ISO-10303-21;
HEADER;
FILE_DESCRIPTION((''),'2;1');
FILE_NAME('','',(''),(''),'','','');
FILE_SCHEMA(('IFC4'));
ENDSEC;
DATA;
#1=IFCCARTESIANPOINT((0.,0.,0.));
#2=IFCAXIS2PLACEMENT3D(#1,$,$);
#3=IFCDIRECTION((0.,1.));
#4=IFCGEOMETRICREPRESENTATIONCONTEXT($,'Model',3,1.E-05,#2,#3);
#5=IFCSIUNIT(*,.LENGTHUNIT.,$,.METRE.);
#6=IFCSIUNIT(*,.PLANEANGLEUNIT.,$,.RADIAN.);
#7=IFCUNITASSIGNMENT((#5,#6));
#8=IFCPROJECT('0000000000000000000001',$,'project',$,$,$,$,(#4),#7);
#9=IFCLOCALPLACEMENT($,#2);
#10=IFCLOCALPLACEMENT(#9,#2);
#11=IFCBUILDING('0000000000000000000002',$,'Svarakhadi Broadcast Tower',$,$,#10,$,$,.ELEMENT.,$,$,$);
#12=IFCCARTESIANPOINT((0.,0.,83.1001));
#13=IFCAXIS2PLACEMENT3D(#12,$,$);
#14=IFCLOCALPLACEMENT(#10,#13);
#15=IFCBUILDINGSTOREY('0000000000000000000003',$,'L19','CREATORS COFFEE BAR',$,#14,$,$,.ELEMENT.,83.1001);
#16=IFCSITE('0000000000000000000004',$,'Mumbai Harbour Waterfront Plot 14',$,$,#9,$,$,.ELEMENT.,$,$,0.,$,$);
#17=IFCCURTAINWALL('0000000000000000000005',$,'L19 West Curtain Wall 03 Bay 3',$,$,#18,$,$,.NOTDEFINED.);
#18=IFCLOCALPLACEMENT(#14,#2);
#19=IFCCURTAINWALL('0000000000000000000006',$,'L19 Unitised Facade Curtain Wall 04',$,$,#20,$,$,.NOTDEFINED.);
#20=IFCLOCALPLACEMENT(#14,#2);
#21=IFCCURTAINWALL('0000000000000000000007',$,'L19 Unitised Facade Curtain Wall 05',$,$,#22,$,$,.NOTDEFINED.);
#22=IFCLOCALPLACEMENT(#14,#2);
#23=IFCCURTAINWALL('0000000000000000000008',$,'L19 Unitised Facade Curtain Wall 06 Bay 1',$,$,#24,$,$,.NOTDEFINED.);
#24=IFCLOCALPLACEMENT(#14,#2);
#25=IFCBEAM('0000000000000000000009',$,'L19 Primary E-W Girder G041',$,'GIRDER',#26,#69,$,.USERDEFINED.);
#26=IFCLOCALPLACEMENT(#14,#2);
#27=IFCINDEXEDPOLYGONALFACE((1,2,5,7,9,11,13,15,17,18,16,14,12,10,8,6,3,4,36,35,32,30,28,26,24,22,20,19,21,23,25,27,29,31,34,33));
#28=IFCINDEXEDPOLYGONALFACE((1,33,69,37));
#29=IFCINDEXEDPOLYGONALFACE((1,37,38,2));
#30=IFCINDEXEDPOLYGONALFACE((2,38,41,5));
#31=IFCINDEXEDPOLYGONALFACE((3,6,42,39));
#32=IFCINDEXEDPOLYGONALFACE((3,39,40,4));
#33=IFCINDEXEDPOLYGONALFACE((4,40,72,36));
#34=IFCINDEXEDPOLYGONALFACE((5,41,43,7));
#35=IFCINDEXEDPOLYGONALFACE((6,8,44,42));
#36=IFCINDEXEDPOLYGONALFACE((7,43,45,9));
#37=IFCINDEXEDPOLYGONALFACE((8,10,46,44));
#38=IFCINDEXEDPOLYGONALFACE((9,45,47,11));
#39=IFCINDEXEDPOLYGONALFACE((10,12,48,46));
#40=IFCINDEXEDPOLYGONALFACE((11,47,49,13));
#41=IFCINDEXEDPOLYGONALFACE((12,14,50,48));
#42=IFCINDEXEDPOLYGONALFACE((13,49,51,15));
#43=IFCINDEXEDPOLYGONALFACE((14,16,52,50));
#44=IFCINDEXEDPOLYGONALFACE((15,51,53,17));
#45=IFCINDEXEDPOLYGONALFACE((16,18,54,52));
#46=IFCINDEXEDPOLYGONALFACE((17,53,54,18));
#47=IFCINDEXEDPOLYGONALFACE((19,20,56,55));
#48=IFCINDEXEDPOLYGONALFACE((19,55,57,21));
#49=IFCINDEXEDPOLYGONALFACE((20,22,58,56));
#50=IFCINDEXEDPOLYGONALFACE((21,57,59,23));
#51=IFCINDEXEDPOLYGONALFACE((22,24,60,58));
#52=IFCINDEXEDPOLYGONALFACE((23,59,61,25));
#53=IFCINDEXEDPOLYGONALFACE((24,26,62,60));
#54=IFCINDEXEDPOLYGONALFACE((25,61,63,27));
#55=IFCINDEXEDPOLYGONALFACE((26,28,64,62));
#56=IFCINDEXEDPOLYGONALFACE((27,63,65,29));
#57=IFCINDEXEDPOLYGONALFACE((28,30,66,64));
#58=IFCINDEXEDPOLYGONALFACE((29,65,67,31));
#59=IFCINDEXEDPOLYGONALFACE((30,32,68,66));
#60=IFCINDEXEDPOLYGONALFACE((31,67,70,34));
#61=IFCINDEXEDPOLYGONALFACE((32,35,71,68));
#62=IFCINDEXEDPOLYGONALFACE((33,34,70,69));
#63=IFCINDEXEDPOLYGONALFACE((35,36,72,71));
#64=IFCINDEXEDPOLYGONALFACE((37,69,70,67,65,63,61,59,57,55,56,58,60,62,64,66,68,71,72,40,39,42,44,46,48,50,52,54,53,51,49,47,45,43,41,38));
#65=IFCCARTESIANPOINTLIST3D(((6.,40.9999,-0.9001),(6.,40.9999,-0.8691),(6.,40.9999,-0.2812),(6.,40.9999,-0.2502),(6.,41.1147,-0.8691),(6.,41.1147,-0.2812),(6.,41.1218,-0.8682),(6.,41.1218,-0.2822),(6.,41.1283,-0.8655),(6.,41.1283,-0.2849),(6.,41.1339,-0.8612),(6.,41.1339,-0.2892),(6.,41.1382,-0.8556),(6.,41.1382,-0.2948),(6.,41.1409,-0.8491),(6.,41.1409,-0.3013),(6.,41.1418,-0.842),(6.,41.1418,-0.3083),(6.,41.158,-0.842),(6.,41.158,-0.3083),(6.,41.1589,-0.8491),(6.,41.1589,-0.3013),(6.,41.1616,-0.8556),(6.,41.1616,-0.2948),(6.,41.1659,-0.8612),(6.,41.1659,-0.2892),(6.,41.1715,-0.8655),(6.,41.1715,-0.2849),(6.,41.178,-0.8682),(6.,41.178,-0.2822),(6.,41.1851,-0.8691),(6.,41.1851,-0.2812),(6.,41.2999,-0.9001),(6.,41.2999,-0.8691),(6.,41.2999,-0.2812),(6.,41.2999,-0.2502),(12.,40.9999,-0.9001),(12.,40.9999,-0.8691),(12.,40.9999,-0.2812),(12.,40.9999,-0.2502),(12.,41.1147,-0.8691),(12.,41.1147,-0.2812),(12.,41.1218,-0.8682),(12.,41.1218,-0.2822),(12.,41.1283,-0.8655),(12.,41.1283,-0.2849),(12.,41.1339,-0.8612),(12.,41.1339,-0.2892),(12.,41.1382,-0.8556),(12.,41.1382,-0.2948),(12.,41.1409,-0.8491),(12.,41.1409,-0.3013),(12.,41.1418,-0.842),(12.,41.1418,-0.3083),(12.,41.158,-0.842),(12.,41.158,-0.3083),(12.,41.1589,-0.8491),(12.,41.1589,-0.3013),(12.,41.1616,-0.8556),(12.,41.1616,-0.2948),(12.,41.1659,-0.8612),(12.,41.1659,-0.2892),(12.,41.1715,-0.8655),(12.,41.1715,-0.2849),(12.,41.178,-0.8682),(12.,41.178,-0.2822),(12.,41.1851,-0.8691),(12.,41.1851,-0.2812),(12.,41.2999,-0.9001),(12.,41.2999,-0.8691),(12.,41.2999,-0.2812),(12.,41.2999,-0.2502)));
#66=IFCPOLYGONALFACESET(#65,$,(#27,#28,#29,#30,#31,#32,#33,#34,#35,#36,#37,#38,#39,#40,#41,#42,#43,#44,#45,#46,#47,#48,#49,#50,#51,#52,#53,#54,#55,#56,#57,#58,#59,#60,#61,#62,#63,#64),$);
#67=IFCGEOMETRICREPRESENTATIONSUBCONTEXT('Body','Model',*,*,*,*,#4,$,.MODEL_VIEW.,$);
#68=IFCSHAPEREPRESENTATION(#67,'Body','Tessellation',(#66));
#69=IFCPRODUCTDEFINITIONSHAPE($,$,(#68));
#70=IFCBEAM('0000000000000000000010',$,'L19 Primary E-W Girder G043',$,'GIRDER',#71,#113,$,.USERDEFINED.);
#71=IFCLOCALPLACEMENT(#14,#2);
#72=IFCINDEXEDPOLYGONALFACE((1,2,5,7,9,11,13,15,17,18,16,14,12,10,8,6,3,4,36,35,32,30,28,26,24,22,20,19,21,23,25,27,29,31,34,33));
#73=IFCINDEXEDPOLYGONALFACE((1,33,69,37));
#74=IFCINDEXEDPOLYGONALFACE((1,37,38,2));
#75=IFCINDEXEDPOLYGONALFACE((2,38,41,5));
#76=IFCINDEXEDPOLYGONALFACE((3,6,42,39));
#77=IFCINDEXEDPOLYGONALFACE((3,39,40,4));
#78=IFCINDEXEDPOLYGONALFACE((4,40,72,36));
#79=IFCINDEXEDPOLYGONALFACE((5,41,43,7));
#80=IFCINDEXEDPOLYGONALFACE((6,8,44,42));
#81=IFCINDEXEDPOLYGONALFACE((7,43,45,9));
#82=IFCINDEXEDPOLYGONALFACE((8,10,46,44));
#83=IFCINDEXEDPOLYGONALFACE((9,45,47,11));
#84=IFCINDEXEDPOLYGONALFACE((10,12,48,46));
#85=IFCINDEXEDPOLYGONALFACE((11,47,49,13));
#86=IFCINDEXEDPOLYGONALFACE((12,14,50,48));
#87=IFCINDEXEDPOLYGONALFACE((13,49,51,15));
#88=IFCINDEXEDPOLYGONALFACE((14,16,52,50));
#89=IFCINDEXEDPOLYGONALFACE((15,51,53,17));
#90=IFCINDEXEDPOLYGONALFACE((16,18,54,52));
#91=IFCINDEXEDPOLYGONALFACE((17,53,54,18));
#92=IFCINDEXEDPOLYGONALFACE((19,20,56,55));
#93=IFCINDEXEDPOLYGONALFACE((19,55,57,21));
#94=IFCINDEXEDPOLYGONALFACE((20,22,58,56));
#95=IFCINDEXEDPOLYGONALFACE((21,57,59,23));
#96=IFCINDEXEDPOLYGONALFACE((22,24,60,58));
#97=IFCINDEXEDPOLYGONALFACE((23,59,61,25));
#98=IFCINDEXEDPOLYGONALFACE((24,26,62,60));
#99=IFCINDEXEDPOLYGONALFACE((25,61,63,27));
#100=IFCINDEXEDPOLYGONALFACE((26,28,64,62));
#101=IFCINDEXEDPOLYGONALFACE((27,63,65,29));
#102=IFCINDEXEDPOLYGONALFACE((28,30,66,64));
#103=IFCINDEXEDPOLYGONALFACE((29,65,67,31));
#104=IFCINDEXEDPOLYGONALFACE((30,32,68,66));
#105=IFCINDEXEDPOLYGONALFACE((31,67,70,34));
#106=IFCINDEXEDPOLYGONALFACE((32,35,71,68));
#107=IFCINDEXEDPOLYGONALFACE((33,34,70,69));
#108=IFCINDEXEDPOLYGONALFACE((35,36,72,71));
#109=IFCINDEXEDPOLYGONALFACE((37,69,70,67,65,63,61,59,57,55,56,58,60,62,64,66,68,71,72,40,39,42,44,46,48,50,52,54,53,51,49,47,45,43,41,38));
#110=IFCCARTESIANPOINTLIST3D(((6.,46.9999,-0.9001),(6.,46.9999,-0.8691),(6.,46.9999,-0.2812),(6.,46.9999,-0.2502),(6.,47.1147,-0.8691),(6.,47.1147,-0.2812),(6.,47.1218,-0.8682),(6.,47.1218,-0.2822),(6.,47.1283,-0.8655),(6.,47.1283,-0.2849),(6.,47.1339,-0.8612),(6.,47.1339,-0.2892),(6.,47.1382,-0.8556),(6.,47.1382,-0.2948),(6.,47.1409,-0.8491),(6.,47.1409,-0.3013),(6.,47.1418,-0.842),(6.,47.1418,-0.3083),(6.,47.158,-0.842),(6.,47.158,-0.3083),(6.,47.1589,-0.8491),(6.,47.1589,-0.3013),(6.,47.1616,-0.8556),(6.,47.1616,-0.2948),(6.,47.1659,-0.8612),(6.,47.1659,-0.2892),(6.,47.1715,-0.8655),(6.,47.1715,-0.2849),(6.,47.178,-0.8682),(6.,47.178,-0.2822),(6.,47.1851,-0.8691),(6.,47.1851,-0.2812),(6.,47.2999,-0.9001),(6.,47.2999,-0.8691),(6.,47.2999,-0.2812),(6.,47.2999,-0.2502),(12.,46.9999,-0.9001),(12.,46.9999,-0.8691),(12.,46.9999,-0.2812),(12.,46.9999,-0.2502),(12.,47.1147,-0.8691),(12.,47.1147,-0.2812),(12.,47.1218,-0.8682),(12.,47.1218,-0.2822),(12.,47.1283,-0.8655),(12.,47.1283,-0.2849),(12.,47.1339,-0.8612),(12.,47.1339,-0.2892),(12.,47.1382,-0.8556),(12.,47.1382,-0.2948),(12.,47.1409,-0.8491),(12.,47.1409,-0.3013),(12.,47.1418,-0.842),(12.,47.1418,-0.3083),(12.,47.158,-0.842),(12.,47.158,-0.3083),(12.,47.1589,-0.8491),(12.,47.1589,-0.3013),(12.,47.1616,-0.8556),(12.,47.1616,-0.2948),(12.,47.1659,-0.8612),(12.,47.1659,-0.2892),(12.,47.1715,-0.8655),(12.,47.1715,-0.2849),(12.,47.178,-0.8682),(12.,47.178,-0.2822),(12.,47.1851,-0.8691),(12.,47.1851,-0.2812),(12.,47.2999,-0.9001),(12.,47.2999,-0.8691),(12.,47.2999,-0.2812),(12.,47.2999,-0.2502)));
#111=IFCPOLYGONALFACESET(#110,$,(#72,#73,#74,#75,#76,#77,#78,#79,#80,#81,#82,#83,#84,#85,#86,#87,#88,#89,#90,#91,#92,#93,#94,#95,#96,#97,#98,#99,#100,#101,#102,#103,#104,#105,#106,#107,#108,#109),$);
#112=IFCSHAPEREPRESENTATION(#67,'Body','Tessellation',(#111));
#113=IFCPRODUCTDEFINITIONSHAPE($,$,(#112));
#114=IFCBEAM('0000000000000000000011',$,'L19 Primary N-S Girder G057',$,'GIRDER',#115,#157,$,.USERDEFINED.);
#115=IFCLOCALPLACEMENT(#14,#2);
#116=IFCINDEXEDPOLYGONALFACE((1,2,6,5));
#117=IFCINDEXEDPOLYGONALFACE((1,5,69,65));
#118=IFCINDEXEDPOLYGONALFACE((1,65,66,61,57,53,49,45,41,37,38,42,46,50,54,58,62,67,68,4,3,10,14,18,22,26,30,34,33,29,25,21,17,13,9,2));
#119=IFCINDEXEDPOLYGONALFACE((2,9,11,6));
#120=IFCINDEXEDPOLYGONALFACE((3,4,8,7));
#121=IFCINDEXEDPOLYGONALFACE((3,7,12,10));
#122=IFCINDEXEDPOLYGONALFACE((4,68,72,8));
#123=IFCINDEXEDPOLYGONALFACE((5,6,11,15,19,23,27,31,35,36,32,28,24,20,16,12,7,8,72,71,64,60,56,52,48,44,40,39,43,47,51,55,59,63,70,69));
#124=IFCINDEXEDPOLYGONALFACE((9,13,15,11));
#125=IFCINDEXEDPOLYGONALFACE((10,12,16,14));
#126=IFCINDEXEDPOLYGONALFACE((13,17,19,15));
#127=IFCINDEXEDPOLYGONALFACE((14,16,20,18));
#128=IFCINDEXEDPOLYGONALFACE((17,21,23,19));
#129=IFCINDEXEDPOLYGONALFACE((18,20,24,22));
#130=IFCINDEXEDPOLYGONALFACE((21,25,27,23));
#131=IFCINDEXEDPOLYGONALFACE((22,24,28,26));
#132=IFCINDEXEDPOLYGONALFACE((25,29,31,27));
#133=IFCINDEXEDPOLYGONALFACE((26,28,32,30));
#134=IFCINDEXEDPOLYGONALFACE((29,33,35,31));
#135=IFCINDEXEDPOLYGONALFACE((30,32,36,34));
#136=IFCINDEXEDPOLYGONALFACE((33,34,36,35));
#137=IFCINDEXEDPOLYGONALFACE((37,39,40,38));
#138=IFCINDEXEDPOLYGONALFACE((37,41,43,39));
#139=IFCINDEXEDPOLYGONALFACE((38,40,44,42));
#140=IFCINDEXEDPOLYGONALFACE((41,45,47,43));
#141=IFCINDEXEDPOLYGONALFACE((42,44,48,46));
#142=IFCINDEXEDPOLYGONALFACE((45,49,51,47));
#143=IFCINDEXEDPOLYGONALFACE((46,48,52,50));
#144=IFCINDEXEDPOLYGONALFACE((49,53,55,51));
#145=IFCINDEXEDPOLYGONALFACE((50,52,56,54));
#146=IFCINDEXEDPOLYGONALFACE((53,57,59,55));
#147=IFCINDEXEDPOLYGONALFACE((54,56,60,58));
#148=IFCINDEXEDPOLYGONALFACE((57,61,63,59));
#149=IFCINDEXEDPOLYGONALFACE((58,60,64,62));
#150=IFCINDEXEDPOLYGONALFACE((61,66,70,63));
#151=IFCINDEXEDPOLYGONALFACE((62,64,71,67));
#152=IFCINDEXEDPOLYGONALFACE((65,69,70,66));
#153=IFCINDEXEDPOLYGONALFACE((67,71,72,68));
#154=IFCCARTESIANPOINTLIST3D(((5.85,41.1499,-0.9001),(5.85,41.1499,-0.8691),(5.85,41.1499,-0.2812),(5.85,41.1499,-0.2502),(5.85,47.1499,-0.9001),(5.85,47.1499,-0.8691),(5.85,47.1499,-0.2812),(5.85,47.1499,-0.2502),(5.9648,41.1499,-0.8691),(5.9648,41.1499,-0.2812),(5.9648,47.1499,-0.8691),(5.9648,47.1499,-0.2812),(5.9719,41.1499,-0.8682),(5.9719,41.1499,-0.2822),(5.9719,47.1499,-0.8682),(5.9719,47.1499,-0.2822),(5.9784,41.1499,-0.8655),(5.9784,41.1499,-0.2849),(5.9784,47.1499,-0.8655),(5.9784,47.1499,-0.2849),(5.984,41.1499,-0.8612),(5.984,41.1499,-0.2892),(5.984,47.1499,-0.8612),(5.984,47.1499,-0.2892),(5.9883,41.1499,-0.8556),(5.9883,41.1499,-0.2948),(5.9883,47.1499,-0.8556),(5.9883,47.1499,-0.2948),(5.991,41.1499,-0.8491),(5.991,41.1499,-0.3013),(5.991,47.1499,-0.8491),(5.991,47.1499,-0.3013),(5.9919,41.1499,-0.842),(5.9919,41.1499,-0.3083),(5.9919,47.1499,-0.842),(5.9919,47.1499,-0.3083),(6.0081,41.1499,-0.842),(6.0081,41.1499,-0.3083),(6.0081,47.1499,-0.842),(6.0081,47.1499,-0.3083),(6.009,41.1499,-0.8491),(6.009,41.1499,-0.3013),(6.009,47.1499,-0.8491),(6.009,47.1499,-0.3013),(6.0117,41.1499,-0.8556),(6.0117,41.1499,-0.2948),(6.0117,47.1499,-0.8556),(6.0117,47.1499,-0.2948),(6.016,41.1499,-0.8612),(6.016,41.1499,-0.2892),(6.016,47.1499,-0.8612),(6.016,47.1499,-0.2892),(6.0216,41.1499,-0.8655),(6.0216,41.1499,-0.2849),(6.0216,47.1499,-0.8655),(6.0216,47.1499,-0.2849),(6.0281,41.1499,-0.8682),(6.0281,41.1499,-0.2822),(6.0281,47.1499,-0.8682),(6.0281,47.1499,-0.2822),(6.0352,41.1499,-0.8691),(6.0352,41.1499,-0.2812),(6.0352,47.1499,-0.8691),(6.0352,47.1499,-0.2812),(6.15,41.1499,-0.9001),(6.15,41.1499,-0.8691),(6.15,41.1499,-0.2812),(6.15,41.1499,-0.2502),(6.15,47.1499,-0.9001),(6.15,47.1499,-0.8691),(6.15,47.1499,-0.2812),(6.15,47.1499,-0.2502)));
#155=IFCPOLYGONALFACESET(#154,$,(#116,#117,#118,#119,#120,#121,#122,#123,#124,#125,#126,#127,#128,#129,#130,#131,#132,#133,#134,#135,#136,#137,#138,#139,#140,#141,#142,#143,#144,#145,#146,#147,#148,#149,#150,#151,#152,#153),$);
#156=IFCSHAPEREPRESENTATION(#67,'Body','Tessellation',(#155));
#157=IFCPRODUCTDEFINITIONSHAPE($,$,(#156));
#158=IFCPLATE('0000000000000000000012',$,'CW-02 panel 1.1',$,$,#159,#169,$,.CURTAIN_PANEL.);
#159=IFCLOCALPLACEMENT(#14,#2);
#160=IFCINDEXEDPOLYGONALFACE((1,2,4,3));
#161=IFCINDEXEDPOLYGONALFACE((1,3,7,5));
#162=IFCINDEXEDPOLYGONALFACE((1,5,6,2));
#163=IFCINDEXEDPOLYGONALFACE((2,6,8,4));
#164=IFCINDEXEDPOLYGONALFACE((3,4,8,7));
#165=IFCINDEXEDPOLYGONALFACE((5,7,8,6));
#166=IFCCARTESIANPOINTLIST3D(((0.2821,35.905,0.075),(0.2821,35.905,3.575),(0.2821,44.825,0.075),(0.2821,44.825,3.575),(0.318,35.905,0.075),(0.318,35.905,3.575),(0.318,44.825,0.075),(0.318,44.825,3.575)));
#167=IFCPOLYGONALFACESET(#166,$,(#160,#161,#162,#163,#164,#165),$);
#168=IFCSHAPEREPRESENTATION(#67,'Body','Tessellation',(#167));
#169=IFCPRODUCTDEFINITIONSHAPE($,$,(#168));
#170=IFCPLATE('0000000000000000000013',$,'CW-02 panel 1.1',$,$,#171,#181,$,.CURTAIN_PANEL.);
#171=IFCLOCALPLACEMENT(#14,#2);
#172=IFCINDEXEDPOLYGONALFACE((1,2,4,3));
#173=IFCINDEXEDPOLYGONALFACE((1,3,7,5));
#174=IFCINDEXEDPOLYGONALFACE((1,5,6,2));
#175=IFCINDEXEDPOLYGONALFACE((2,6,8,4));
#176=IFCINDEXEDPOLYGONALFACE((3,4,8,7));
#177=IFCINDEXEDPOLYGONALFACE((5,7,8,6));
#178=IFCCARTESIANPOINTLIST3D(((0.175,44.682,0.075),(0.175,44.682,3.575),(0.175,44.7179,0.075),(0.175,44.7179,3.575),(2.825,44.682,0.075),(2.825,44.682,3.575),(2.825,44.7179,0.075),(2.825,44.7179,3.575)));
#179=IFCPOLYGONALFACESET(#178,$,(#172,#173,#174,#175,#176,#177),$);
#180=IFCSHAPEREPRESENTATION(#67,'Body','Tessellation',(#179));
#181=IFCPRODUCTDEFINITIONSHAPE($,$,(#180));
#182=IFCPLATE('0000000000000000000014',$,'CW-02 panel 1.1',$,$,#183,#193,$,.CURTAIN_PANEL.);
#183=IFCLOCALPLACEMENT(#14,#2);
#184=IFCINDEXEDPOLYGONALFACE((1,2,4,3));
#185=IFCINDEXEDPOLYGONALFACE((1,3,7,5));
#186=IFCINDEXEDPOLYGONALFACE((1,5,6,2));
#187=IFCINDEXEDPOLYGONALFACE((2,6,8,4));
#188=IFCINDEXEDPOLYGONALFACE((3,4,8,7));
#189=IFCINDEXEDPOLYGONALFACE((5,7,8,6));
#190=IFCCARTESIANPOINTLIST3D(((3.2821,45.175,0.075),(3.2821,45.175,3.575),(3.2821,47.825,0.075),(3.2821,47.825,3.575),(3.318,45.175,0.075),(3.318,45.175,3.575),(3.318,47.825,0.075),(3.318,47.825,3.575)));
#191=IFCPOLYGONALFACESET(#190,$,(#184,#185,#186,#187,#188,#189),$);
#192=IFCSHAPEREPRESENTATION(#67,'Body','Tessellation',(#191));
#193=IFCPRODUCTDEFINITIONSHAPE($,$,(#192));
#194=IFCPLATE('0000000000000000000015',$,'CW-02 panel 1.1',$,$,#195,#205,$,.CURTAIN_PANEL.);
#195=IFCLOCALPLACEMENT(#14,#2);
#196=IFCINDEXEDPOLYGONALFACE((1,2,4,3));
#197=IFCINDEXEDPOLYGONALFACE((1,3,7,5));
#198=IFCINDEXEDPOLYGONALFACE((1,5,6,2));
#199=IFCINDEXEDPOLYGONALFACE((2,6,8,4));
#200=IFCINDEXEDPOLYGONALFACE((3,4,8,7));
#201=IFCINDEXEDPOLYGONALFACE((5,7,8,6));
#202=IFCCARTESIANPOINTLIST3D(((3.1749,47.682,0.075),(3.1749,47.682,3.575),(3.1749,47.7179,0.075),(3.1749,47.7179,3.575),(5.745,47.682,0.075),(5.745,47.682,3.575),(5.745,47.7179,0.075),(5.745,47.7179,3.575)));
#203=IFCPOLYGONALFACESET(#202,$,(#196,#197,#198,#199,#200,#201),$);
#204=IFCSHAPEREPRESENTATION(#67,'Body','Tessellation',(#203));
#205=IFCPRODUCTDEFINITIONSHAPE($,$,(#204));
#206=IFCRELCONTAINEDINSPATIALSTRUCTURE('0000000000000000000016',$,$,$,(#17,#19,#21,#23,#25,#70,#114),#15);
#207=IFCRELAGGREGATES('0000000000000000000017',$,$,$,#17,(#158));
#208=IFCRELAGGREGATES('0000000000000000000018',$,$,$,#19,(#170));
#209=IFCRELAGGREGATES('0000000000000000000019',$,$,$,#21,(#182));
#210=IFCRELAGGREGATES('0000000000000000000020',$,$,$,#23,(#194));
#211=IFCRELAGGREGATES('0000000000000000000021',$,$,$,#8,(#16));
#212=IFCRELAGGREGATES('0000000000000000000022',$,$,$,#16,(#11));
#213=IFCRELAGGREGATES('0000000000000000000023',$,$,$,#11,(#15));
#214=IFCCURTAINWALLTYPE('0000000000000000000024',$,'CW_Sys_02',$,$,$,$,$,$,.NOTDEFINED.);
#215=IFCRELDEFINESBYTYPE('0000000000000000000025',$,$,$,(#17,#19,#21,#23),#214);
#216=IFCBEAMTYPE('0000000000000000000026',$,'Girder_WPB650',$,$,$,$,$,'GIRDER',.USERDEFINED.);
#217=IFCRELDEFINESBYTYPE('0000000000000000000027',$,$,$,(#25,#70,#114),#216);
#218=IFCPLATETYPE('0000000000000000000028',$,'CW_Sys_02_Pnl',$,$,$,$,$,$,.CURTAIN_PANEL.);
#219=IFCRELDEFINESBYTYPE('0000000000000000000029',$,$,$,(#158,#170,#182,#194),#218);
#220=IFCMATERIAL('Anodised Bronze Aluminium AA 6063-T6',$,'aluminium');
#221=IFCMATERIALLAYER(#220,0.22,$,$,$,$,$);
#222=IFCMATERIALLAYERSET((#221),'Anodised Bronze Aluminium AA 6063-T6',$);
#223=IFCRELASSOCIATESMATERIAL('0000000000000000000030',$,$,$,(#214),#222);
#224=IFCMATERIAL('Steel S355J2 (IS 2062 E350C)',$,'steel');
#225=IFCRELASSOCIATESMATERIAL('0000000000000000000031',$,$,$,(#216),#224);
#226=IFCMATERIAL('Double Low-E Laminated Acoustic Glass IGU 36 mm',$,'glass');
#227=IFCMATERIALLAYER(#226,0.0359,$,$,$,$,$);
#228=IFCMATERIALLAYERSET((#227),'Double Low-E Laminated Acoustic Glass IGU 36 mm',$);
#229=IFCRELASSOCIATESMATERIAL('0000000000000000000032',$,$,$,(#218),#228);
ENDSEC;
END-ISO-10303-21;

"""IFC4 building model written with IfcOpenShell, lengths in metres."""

from ifc_helpers import new_model, si_unit, direction, frame, origin, origin_2d, place, context, subcontext, project, spatial, rectangle, i_section, extrude, material, layer, layer_set, material_profile, profile_set, type_object, element, aggregate, save


model = new_model("IFC4")

# Units and contexts
model_context = context("Model", 3, precision=1e-05, world=origin(), true_north=direction((0.0, 1.0)))
body_context = subcontext(model_context, "Body", "Model", "MODEL_VIEW")
ifc_project = project(units=[si_unit("LENGTHUNIT", "METRE"), si_unit("PLANEANGLEUNIT", "RADIAN")], contexts=[model_context])

# Site, building, storey
site_placement = place(None, origin())
site = spatial("IfcSite", under=ifc_project, at=site_placement, Name="Mumbai Harbour Waterfront Plot 14", CompositionType="ELEMENT", RefElevation=0.0)
building_placement = place(site_placement, origin())
building = spatial("IfcBuilding", under=site, at=building_placement, Name="Svarakhadi Broadcast Tower", CompositionType="ELEMENT")
storey_placement = place(building_placement, frame((0.0, 0.0, 83.1001)))
storey = spatial("IfcBuildingStorey", under=building, at=storey_placement, Name="L19", Description="CREATORS COFFEE BAR", CompositionType="ELEMENT", Elevation=83.1001)

# Shared definitions
ifc_material_1 = material(Name="Steel S355J2 (IS 2062 E350C)", Category="steel")

# Curtain walls
ifc_material_2 = material(Name="Anodised Bronze Aluminium AA 6063-T6", Category="aluminium")
ifc_layer_1 = layer(ifc_material_2, 0.22)
ifc_layer_set_1 = layer_set([ifc_layer_1], Name="Anodised Bronze Aluminium AA 6063-T6")
curtain_wall_type = type_object("IfcCurtainWallType", Name="CW_Sys_02", PredefinedType="NOTDEFINED", material=ifc_layer_set_1)
curtain_wall_1_placement = place(storey_placement, origin())
curtain_wall_1 = element("IfcCurtainWall", 1, at=curtain_wall_1_placement, inside=storey, type_object=curtain_wall_type, Name="L19 West Curtain Wall 03 Bay 3", PredefinedType="NOTDEFINED")
curtain_wall_2_placement = place(storey_placement, origin())
curtain_wall_2 = element("IfcCurtainWall", 2, at=curtain_wall_2_placement, inside=storey, type_object=curtain_wall_type, Name="L19 Unitised Facade Curtain Wall 04", PredefinedType="NOTDEFINED")
curtain_wall_3_placement = place(storey_placement, origin())
curtain_wall_3 = element("IfcCurtainWall", 3, at=curtain_wall_3_placement, inside=storey, type_object=curtain_wall_type, Name="L19 Unitised Facade Curtain Wall 05", PredefinedType="NOTDEFINED")
curtain_wall_4_placement = place(storey_placement, origin())
curtain_wall_4 = element("IfcCurtainWall", 4, at=curtain_wall_4_placement, inside=storey, type_object=curtain_wall_type, Name="L19 Unitised Facade Curtain Wall 06 Bay 1", PredefinedType="NOTDEFINED")

# Beams
ifc_material_profile_1 = material_profile(ifc_material_1, i_section(OverallWidth=0.3, OverallDepth=0.6499, WebThickness=0.0161, FlangeThickness=0.031, FilletRadius=0.0271, at=origin_2d()), Name="WPB 650x300x225")
ifc_profile_set_1 = profile_set([ifc_material_profile_1], Name="Steel S355J2 (IS 2062 E350C)")
beam_type_1 = type_object("IfcBeamType", Name="Girder_WPB650", ElementType="GIRDER", PredefinedType="USERDEFINED", material=ifc_profile_set_1)
for number, where, z_axis, x_axis, name in (
    (5, (6.0, 41.1499, -0.5752), (1.0, 0.0, 0.0), (0.0, 1.0, 0.0), "L19 Primary E-W Girder G041"),
    (6, (6.0, 47.1499, -0.5752), (1.0, 0.0, 0.0), (0.0, 1.0, 0.0), "L19 Primary E-W Girder G043"),
    (7, (6.0, 41.1499, -0.5752), (0.0, 1.0, 0.0), (-1.0, 0.0, 0.0), "L19 Primary N-S Girder G057"),
):
    element("IfcBeam", number, at=place(storey_placement, frame(where, z_axis=z_axis, x_axis=x_axis)), inside=storey, type_object=beam_type_1, Name=name, ObjectType="GIRDER", PredefinedType="USERDEFINED", context=body_context, shape_type="SweptSolid", body=[
        extrude(i_section(OverallWidth=0.3, OverallDepth=0.6499, WebThickness=0.0161, FlangeThickness=0.031, FilletRadius=0.0271, at=origin_2d()), origin(), (0.0, 0.0, 1.0), 6.0),
    ])

# Plates
ifc_material_3 = material(Name="Double Low-E Laminated Acoustic Glass IGU 36 mm", Category="glass")
ifc_layer_2 = layer(ifc_material_3, 0.0359)
ifc_layer_set_2 = layer_set([ifc_layer_2], Name="Double Low-E Laminated Acoustic Glass IGU 36 mm")
plate_type = type_object("IfcPlateType", Name="CW_Sys_02_Pnl", PredefinedType="CURTAIN_PANEL", material=ifc_layer_set_2)
plate_1_placement = place(storey_placement, frame((0.3, 40.365, 0.075), z_axis=(0.0, 0.0, 1.0), x_axis=(0.0, 1.0, 0.0)))
plate_1 = element("IfcPlate", 8, at=plate_1_placement, type_object=plate_type, Name="CW-02 panel 1.1", PredefinedType="CURTAIN_PANEL", context=body_context, shape_type="SweptSolid", body=[
    extrude(rectangle(XDim=8.9199, YDim=0.0359, at=origin_2d()), origin(), (0.0, 0.0, 1.0), 3.5),
])
aggregate(curtain_wall_1, [plate_1])
plate_2_placement = place(storey_placement, frame((1.5, 44.7, 0.075), z_axis=(0.0, 0.0, 1.0), x_axis=(1.0, 0.0, 0.0)))
plate_2 = element("IfcPlate", 9, at=plate_2_placement, type_object=plate_type, Name="CW-02 panel 1.1", PredefinedType="CURTAIN_PANEL", context=body_context, shape_type="SweptSolid", body=[
    extrude(rectangle(XDim=2.6499, YDim=0.0359, at=origin_2d()), origin(), (0.0, 0.0, 1.0), 3.5),
])
aggregate(curtain_wall_2, [plate_2])
plate_3_placement = place(storey_placement, frame((3.3, 46.5, 0.075), z_axis=(0.0, 0.0, 1.0), x_axis=(0.0, 1.0, 0.0)))
plate_3 = element("IfcPlate", 10, at=plate_3_placement, type_object=plate_type, Name="CW-02 panel 1.1", PredefinedType="CURTAIN_PANEL", context=body_context, shape_type="SweptSolid", body=[
    extrude(rectangle(XDim=2.6499, YDim=0.0359, at=origin_2d()), origin(), (0.0, 0.0, 1.0), 3.5),
])
aggregate(curtain_wall_3, [plate_3])
plate_4_placement = place(storey_placement, frame((4.46, 47.7, 0.075), z_axis=(0.0, 0.0, 1.0), x_axis=(1.0, 0.0, 0.0)))
plate_4 = element("IfcPlate", 11, at=plate_4_placement, type_object=plate_type, Name="CW-02 panel 1.1", PredefinedType="CURTAIN_PANEL", context=body_context, shape_type="SweptSolid", body=[
    extrude(rectangle(XDim=2.5701, YDim=0.0359, at=origin_2d()), origin(), (0.0, 0.0, 1.0), 3.5),
])
aggregate(curtain_wall_4, [plate_4])

save(model, "model.ifc")
